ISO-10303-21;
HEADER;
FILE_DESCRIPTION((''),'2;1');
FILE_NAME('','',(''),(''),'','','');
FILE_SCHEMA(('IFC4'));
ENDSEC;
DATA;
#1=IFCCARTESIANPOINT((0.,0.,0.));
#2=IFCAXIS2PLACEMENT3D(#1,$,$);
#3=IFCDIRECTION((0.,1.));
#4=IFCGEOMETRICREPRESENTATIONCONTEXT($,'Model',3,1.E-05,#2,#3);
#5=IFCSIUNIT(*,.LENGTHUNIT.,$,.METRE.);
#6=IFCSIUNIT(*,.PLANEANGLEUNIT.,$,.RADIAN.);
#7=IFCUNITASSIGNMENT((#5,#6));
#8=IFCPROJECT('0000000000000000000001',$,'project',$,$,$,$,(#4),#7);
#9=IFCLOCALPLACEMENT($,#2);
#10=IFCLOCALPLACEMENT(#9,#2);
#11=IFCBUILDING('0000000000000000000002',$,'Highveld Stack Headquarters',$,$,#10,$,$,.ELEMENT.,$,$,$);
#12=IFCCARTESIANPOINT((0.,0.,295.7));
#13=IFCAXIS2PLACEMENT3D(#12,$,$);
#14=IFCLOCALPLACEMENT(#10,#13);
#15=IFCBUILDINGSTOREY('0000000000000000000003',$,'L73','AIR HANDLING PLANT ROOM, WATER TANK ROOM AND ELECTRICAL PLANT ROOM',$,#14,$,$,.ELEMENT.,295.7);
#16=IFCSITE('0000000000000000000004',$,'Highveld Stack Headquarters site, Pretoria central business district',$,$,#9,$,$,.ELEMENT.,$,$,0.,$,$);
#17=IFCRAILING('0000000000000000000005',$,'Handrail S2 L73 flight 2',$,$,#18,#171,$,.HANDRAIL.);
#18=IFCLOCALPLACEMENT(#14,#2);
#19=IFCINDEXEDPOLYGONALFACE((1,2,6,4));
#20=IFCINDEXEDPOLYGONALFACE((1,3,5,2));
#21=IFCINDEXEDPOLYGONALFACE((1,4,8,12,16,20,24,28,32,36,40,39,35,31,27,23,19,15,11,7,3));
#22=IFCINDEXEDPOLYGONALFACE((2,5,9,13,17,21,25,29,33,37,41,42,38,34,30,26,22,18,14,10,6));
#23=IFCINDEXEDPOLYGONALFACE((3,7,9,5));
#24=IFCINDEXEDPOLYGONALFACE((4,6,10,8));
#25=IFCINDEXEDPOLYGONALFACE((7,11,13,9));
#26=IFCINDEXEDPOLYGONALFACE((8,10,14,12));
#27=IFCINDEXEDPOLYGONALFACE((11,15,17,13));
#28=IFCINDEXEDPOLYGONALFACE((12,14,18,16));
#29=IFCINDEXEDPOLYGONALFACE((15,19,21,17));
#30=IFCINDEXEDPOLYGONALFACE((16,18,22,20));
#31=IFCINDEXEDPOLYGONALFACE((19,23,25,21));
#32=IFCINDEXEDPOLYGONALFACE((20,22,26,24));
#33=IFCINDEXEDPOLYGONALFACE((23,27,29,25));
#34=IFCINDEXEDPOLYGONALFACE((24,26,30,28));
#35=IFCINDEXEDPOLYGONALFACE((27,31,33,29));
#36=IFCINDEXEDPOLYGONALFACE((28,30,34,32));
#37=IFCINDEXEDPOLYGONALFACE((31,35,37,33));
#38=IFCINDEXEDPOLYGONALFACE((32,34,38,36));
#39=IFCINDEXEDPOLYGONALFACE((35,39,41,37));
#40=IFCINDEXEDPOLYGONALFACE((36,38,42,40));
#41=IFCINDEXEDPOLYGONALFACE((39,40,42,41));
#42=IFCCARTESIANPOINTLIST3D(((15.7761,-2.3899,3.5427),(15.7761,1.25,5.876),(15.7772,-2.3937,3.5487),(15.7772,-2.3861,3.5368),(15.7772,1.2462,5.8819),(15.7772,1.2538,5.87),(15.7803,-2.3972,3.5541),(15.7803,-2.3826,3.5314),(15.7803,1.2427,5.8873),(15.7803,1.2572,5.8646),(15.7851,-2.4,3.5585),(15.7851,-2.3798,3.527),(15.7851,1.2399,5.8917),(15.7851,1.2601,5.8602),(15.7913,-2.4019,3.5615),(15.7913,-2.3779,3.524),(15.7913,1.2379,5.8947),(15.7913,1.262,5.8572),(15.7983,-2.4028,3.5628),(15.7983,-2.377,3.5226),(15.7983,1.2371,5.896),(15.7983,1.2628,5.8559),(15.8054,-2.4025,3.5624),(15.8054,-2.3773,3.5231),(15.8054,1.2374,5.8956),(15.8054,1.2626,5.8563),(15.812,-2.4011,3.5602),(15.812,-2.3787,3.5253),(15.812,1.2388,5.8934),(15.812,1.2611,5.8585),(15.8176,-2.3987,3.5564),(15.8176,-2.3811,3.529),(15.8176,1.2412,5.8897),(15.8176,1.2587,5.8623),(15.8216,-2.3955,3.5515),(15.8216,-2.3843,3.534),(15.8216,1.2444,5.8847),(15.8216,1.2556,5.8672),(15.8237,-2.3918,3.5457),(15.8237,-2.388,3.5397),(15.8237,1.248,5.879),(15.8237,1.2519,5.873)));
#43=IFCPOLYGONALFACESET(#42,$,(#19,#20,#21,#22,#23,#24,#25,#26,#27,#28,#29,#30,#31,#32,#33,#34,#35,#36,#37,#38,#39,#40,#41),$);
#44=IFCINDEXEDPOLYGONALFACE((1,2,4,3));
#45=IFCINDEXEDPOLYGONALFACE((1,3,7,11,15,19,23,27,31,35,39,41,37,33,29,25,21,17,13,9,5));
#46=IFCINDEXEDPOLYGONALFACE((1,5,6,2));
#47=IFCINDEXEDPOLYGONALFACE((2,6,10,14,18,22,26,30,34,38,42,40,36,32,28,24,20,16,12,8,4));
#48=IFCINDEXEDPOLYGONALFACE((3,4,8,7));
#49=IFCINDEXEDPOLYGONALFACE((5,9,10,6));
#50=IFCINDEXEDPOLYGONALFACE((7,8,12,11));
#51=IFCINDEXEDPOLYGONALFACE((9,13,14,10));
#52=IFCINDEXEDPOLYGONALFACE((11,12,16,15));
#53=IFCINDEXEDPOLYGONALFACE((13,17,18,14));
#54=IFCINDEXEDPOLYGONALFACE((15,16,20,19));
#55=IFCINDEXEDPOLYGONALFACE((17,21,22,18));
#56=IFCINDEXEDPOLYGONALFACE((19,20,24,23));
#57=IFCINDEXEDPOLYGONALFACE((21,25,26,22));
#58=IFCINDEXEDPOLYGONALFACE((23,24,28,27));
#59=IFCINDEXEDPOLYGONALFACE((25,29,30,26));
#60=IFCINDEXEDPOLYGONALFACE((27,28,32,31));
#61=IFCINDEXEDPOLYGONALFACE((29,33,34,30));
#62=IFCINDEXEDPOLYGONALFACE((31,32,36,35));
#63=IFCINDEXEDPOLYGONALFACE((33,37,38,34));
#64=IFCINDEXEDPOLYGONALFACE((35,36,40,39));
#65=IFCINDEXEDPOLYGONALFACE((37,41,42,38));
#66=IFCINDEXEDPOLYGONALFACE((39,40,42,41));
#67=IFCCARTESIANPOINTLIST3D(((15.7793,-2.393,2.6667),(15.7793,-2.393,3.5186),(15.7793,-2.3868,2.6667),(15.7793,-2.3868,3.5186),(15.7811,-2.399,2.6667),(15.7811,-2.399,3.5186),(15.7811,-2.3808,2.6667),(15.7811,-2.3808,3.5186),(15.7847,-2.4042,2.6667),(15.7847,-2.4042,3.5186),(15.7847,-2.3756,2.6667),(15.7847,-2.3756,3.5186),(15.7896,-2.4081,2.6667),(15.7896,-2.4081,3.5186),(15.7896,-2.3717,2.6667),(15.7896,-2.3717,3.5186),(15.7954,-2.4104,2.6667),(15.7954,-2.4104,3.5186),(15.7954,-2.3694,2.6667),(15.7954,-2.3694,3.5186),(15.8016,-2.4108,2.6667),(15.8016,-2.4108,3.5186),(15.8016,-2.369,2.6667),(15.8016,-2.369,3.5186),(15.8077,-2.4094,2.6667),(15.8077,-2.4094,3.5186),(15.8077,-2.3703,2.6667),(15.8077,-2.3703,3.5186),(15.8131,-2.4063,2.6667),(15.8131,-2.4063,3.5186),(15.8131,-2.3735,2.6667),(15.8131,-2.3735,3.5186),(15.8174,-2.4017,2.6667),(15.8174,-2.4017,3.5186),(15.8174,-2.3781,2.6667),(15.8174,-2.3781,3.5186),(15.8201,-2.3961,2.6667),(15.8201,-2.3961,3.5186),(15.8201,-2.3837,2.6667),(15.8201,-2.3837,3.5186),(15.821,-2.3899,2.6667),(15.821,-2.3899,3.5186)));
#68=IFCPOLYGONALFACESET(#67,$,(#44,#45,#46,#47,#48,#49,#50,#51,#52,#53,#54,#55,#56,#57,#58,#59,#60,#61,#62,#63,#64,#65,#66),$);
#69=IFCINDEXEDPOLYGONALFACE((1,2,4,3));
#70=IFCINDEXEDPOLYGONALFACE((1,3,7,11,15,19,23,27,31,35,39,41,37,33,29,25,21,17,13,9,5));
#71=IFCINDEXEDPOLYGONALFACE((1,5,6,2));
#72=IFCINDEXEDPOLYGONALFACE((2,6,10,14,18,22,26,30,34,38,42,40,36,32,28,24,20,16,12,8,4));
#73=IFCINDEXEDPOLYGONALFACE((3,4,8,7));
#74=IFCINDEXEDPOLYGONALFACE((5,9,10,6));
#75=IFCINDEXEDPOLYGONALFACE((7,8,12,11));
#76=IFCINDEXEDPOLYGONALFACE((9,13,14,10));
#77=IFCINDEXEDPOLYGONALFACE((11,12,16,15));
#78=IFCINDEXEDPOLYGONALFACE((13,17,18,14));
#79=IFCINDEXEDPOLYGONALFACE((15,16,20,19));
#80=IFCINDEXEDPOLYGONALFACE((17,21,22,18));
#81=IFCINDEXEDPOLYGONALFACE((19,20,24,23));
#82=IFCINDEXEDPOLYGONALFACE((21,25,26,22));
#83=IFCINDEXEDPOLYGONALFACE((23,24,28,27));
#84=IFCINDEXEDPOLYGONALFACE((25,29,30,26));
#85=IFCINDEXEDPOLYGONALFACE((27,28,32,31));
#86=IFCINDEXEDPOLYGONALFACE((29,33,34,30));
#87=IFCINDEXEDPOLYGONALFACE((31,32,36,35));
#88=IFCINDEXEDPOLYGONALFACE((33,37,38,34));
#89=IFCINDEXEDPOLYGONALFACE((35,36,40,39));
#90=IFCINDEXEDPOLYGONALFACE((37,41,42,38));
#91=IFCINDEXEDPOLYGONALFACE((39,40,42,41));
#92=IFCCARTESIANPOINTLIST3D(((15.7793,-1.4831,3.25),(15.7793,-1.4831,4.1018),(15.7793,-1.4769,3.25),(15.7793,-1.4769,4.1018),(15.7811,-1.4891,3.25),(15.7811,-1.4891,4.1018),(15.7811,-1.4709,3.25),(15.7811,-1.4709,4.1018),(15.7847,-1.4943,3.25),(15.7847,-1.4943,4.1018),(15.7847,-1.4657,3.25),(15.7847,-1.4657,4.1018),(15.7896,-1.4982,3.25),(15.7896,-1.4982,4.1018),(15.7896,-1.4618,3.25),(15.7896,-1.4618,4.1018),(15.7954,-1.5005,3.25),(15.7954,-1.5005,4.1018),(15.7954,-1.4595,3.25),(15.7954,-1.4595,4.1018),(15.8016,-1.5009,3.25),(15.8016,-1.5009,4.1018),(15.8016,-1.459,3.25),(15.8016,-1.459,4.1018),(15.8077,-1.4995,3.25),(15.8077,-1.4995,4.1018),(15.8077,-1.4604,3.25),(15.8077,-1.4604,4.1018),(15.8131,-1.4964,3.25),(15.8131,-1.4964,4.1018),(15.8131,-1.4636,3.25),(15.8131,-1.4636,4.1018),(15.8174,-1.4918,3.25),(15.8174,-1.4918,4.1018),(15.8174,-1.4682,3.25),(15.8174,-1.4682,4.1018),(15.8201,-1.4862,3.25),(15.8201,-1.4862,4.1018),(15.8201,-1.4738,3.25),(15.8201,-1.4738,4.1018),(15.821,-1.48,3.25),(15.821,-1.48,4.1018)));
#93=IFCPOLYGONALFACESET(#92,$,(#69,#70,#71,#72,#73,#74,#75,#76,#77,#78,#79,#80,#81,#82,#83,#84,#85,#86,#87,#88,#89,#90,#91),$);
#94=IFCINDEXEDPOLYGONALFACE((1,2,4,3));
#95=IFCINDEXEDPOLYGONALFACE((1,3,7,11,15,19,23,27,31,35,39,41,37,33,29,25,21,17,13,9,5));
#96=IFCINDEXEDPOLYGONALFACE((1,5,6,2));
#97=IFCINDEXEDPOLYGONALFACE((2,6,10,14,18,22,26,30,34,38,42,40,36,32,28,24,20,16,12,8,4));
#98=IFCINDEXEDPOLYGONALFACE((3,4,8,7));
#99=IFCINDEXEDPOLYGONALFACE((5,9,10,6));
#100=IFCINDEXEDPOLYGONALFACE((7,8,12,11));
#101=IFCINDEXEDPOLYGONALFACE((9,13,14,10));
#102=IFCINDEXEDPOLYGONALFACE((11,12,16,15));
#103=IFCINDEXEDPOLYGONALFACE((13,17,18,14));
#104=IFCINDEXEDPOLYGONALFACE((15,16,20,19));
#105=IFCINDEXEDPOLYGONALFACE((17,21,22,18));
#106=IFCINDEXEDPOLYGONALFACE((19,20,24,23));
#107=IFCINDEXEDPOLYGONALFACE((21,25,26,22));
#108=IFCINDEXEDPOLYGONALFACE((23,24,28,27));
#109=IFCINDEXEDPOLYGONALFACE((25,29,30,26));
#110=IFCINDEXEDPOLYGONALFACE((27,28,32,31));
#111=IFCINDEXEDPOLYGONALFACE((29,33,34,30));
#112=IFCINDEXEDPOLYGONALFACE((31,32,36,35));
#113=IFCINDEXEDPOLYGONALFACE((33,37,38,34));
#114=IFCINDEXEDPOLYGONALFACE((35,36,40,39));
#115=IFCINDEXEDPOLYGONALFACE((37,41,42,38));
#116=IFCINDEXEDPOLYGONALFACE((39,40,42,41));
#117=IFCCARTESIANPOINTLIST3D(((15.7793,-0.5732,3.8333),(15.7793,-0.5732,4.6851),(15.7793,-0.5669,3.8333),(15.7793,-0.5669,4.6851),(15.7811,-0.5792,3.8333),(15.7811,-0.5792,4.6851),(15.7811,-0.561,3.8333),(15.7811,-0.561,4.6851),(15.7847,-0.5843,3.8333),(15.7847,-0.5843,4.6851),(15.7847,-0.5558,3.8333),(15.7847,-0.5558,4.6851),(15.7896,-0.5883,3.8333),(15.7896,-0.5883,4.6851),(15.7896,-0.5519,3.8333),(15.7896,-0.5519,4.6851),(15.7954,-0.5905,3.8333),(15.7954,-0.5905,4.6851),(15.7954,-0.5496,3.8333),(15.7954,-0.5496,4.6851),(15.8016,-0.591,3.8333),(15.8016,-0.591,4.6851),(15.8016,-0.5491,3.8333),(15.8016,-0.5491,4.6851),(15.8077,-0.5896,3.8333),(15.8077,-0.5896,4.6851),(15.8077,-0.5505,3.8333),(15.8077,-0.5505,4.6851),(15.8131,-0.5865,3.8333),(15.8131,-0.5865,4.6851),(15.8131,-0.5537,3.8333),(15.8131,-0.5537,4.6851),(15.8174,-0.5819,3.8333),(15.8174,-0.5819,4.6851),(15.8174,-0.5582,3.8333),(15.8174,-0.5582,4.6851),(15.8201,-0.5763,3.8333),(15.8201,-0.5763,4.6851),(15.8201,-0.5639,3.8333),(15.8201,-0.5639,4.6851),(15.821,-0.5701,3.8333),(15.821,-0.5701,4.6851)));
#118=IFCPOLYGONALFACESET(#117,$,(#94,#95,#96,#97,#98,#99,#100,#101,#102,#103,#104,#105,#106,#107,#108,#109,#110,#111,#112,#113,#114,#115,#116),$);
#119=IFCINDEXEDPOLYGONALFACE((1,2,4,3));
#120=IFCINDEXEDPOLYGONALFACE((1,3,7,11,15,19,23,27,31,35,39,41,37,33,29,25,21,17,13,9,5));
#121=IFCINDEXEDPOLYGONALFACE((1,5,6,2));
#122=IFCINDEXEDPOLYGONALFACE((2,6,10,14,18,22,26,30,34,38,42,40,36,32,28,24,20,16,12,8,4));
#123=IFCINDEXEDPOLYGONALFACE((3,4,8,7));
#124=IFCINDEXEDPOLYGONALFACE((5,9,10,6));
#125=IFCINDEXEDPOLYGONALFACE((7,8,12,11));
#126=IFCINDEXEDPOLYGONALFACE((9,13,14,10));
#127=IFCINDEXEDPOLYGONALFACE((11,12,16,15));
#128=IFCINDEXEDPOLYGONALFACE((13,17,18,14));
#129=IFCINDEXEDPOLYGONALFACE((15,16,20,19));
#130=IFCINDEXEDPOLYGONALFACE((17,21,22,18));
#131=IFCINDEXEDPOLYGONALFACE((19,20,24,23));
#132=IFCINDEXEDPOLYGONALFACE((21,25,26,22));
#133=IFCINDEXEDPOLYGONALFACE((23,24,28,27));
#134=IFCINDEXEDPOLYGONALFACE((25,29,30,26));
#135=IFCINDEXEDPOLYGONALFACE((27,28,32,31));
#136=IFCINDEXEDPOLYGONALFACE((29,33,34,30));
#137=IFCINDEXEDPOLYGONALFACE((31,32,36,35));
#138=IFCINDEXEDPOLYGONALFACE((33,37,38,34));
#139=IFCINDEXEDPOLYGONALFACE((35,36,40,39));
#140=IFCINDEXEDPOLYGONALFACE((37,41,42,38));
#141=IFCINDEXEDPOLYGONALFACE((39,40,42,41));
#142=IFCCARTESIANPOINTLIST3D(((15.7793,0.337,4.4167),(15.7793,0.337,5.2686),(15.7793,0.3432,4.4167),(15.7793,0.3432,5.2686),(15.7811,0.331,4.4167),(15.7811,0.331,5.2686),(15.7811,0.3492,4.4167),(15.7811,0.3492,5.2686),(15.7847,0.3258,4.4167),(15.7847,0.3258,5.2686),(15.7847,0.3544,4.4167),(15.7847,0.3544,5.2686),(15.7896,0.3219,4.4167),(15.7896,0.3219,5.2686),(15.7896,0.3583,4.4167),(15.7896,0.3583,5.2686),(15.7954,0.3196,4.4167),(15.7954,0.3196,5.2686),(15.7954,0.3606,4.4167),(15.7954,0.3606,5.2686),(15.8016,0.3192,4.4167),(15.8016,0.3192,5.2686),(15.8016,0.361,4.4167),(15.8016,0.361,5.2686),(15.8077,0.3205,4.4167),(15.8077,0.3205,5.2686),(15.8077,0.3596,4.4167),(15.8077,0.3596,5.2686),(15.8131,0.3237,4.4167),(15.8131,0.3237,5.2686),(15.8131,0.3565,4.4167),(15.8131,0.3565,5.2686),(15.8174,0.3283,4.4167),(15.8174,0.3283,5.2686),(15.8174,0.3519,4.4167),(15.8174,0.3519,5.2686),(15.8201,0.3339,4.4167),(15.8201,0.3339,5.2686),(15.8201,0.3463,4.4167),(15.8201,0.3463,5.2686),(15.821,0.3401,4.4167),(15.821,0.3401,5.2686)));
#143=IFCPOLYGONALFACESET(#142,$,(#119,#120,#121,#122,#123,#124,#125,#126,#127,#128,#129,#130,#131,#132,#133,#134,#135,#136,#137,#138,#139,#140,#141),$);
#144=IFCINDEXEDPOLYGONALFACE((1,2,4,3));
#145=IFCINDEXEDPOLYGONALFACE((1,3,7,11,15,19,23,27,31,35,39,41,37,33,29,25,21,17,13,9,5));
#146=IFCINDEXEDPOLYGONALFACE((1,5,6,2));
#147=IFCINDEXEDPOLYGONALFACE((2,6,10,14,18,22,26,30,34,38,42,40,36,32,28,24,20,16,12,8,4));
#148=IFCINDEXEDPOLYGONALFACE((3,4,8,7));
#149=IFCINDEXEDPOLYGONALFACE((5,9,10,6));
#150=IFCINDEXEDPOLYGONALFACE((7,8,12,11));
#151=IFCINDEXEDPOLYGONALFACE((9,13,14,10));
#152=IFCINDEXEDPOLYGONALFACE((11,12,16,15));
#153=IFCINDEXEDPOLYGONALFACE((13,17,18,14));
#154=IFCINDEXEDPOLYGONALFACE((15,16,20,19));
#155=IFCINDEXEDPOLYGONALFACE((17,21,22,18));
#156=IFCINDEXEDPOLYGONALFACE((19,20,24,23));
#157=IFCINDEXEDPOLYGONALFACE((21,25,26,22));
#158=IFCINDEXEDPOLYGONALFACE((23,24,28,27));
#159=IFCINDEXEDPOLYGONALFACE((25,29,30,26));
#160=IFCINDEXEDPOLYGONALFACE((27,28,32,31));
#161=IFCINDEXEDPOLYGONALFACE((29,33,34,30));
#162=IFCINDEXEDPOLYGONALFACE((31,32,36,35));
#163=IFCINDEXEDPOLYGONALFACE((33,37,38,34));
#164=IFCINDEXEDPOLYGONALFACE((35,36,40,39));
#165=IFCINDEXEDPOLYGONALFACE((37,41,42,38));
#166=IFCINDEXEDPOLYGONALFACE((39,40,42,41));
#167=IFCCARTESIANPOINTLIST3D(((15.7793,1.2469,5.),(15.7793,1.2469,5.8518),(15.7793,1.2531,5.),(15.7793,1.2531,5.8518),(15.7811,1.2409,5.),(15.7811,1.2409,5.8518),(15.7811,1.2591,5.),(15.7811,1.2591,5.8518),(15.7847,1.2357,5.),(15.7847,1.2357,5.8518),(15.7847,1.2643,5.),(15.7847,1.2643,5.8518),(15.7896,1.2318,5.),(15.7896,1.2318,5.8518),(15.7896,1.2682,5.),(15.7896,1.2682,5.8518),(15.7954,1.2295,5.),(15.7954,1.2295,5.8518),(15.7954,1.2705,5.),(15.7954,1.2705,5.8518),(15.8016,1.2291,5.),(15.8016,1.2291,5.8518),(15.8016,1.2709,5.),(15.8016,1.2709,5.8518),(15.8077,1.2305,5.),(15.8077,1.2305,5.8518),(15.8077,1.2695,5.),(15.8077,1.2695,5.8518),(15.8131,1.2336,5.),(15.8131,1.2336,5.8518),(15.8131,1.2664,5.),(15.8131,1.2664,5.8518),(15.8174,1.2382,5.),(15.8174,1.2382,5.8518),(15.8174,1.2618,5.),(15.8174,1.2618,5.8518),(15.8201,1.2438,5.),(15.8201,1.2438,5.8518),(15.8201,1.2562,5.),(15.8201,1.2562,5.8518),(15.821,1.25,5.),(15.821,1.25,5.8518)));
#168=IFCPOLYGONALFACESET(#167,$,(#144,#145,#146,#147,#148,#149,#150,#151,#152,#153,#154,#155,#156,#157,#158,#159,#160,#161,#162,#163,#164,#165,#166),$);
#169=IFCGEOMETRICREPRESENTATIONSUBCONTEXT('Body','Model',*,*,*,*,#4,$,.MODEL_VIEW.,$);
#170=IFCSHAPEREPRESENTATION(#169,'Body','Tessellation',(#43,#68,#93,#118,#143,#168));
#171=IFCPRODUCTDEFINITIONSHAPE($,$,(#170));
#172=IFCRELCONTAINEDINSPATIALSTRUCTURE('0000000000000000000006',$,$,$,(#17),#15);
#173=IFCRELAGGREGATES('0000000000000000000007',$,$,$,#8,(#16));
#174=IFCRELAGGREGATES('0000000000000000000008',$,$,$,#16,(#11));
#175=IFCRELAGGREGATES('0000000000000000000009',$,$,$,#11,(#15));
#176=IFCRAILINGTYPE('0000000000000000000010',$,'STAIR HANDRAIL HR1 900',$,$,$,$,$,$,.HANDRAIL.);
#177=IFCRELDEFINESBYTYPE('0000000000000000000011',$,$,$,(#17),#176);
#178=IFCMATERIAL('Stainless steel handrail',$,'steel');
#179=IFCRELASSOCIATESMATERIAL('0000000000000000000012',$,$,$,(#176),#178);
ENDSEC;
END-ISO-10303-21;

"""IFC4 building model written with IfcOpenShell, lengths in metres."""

from ifc_helpers import new_model, si_unit, direction, frame, origin, origin_2d, place, context, subcontext, project, spatial, circle, extrude, material, type_object, element, save


model = new_model("IFC4")

# Units and contexts
model_context = context("Model", 3, precision=1e-05, world=origin(), true_north=direction((0.0, 1.0)))
body_context = subcontext(model_context, "Body", "Model", "MODEL_VIEW")
ifc_project = project(units=[si_unit("LENGTHUNIT", "METRE"), si_unit("PLANEANGLEUNIT", "RADIAN")], contexts=[model_context])

# Site, building, storey
site_placement = place(None, origin())
site = spatial("IfcSite", under=ifc_project, at=site_placement, Name="Highveld Stack Headquarters site, Pretoria central business district", CompositionType="ELEMENT", RefElevation=0.0)
building_placement = place(site_placement, origin())
building = spatial("IfcBuilding", under=site, at=building_placement, Name="Highveld Stack Headquarters", CompositionType="ELEMENT")
storey_placement = place(building_placement, frame((0.0, 0.0, 295.7)))
storey = spatial("IfcBuildingStorey", under=building, at=storey_placement, Name="L73", Description="AIR HANDLING PLANT ROOM, WATER TANK ROOM AND ELECTRICAL PLANT ROOM", CompositionType="ELEMENT", Elevation=295.7)

# Railing
ifc_material_1 = material(Name="Stainless steel handrail", Category="steel")
railing_type = type_object("IfcRailingType", Name="STAIR HANDRAIL HR1 900", PredefinedType="HANDRAIL", material=ifc_material_1)
for number, where, name in (
    (1, (15.8, -2.3899, 2.6667), "Handrail S2 L73 flight 2"),
):
    element("IfcRailing", number, at=place(storey_placement, frame(where)), inside=storey, type_object=railing_type, Name=name, PredefinedType="HANDRAIL", context=body_context, shape_type="SweptSolid", body=[
        extrude(circle(Radius=0.0239, at=origin_2d()), frame((0.0, 0.0, 0.876), z_axis=(0.0, 0.84188, 0.539664), x_axis=(-1.0, 0.0, 0.0)), (0.0, 0.0, 1.0), 4.3235),
        extrude(circle(Radius=0.021, at=origin_2d()), origin(), (0.0, 0.0, 1.0), 0.8518),
        extrude(circle(Radius=0.021, at=origin_2d()), frame((0.0, 0.9099, 0.5833)), (0.0, 0.0, 1.0), 0.8518),
        extrude(circle(Radius=0.021, at=origin_2d()), frame((0.0, 1.8198, 1.1665)), (0.0, 0.0, 1.0), 0.8518),
        extrude(circle(Radius=0.021, at=origin_2d()), frame((0.0, 2.73, 1.75)), (0.0, 0.0, 1.0), 0.8518),
        extrude(circle(Radius=0.021, at=origin_2d()), frame((0.0, 3.6399, 2.3333)), (0.0, 0.0, 1.0), 0.8518),
    ])

save(model, "model.ifc")
